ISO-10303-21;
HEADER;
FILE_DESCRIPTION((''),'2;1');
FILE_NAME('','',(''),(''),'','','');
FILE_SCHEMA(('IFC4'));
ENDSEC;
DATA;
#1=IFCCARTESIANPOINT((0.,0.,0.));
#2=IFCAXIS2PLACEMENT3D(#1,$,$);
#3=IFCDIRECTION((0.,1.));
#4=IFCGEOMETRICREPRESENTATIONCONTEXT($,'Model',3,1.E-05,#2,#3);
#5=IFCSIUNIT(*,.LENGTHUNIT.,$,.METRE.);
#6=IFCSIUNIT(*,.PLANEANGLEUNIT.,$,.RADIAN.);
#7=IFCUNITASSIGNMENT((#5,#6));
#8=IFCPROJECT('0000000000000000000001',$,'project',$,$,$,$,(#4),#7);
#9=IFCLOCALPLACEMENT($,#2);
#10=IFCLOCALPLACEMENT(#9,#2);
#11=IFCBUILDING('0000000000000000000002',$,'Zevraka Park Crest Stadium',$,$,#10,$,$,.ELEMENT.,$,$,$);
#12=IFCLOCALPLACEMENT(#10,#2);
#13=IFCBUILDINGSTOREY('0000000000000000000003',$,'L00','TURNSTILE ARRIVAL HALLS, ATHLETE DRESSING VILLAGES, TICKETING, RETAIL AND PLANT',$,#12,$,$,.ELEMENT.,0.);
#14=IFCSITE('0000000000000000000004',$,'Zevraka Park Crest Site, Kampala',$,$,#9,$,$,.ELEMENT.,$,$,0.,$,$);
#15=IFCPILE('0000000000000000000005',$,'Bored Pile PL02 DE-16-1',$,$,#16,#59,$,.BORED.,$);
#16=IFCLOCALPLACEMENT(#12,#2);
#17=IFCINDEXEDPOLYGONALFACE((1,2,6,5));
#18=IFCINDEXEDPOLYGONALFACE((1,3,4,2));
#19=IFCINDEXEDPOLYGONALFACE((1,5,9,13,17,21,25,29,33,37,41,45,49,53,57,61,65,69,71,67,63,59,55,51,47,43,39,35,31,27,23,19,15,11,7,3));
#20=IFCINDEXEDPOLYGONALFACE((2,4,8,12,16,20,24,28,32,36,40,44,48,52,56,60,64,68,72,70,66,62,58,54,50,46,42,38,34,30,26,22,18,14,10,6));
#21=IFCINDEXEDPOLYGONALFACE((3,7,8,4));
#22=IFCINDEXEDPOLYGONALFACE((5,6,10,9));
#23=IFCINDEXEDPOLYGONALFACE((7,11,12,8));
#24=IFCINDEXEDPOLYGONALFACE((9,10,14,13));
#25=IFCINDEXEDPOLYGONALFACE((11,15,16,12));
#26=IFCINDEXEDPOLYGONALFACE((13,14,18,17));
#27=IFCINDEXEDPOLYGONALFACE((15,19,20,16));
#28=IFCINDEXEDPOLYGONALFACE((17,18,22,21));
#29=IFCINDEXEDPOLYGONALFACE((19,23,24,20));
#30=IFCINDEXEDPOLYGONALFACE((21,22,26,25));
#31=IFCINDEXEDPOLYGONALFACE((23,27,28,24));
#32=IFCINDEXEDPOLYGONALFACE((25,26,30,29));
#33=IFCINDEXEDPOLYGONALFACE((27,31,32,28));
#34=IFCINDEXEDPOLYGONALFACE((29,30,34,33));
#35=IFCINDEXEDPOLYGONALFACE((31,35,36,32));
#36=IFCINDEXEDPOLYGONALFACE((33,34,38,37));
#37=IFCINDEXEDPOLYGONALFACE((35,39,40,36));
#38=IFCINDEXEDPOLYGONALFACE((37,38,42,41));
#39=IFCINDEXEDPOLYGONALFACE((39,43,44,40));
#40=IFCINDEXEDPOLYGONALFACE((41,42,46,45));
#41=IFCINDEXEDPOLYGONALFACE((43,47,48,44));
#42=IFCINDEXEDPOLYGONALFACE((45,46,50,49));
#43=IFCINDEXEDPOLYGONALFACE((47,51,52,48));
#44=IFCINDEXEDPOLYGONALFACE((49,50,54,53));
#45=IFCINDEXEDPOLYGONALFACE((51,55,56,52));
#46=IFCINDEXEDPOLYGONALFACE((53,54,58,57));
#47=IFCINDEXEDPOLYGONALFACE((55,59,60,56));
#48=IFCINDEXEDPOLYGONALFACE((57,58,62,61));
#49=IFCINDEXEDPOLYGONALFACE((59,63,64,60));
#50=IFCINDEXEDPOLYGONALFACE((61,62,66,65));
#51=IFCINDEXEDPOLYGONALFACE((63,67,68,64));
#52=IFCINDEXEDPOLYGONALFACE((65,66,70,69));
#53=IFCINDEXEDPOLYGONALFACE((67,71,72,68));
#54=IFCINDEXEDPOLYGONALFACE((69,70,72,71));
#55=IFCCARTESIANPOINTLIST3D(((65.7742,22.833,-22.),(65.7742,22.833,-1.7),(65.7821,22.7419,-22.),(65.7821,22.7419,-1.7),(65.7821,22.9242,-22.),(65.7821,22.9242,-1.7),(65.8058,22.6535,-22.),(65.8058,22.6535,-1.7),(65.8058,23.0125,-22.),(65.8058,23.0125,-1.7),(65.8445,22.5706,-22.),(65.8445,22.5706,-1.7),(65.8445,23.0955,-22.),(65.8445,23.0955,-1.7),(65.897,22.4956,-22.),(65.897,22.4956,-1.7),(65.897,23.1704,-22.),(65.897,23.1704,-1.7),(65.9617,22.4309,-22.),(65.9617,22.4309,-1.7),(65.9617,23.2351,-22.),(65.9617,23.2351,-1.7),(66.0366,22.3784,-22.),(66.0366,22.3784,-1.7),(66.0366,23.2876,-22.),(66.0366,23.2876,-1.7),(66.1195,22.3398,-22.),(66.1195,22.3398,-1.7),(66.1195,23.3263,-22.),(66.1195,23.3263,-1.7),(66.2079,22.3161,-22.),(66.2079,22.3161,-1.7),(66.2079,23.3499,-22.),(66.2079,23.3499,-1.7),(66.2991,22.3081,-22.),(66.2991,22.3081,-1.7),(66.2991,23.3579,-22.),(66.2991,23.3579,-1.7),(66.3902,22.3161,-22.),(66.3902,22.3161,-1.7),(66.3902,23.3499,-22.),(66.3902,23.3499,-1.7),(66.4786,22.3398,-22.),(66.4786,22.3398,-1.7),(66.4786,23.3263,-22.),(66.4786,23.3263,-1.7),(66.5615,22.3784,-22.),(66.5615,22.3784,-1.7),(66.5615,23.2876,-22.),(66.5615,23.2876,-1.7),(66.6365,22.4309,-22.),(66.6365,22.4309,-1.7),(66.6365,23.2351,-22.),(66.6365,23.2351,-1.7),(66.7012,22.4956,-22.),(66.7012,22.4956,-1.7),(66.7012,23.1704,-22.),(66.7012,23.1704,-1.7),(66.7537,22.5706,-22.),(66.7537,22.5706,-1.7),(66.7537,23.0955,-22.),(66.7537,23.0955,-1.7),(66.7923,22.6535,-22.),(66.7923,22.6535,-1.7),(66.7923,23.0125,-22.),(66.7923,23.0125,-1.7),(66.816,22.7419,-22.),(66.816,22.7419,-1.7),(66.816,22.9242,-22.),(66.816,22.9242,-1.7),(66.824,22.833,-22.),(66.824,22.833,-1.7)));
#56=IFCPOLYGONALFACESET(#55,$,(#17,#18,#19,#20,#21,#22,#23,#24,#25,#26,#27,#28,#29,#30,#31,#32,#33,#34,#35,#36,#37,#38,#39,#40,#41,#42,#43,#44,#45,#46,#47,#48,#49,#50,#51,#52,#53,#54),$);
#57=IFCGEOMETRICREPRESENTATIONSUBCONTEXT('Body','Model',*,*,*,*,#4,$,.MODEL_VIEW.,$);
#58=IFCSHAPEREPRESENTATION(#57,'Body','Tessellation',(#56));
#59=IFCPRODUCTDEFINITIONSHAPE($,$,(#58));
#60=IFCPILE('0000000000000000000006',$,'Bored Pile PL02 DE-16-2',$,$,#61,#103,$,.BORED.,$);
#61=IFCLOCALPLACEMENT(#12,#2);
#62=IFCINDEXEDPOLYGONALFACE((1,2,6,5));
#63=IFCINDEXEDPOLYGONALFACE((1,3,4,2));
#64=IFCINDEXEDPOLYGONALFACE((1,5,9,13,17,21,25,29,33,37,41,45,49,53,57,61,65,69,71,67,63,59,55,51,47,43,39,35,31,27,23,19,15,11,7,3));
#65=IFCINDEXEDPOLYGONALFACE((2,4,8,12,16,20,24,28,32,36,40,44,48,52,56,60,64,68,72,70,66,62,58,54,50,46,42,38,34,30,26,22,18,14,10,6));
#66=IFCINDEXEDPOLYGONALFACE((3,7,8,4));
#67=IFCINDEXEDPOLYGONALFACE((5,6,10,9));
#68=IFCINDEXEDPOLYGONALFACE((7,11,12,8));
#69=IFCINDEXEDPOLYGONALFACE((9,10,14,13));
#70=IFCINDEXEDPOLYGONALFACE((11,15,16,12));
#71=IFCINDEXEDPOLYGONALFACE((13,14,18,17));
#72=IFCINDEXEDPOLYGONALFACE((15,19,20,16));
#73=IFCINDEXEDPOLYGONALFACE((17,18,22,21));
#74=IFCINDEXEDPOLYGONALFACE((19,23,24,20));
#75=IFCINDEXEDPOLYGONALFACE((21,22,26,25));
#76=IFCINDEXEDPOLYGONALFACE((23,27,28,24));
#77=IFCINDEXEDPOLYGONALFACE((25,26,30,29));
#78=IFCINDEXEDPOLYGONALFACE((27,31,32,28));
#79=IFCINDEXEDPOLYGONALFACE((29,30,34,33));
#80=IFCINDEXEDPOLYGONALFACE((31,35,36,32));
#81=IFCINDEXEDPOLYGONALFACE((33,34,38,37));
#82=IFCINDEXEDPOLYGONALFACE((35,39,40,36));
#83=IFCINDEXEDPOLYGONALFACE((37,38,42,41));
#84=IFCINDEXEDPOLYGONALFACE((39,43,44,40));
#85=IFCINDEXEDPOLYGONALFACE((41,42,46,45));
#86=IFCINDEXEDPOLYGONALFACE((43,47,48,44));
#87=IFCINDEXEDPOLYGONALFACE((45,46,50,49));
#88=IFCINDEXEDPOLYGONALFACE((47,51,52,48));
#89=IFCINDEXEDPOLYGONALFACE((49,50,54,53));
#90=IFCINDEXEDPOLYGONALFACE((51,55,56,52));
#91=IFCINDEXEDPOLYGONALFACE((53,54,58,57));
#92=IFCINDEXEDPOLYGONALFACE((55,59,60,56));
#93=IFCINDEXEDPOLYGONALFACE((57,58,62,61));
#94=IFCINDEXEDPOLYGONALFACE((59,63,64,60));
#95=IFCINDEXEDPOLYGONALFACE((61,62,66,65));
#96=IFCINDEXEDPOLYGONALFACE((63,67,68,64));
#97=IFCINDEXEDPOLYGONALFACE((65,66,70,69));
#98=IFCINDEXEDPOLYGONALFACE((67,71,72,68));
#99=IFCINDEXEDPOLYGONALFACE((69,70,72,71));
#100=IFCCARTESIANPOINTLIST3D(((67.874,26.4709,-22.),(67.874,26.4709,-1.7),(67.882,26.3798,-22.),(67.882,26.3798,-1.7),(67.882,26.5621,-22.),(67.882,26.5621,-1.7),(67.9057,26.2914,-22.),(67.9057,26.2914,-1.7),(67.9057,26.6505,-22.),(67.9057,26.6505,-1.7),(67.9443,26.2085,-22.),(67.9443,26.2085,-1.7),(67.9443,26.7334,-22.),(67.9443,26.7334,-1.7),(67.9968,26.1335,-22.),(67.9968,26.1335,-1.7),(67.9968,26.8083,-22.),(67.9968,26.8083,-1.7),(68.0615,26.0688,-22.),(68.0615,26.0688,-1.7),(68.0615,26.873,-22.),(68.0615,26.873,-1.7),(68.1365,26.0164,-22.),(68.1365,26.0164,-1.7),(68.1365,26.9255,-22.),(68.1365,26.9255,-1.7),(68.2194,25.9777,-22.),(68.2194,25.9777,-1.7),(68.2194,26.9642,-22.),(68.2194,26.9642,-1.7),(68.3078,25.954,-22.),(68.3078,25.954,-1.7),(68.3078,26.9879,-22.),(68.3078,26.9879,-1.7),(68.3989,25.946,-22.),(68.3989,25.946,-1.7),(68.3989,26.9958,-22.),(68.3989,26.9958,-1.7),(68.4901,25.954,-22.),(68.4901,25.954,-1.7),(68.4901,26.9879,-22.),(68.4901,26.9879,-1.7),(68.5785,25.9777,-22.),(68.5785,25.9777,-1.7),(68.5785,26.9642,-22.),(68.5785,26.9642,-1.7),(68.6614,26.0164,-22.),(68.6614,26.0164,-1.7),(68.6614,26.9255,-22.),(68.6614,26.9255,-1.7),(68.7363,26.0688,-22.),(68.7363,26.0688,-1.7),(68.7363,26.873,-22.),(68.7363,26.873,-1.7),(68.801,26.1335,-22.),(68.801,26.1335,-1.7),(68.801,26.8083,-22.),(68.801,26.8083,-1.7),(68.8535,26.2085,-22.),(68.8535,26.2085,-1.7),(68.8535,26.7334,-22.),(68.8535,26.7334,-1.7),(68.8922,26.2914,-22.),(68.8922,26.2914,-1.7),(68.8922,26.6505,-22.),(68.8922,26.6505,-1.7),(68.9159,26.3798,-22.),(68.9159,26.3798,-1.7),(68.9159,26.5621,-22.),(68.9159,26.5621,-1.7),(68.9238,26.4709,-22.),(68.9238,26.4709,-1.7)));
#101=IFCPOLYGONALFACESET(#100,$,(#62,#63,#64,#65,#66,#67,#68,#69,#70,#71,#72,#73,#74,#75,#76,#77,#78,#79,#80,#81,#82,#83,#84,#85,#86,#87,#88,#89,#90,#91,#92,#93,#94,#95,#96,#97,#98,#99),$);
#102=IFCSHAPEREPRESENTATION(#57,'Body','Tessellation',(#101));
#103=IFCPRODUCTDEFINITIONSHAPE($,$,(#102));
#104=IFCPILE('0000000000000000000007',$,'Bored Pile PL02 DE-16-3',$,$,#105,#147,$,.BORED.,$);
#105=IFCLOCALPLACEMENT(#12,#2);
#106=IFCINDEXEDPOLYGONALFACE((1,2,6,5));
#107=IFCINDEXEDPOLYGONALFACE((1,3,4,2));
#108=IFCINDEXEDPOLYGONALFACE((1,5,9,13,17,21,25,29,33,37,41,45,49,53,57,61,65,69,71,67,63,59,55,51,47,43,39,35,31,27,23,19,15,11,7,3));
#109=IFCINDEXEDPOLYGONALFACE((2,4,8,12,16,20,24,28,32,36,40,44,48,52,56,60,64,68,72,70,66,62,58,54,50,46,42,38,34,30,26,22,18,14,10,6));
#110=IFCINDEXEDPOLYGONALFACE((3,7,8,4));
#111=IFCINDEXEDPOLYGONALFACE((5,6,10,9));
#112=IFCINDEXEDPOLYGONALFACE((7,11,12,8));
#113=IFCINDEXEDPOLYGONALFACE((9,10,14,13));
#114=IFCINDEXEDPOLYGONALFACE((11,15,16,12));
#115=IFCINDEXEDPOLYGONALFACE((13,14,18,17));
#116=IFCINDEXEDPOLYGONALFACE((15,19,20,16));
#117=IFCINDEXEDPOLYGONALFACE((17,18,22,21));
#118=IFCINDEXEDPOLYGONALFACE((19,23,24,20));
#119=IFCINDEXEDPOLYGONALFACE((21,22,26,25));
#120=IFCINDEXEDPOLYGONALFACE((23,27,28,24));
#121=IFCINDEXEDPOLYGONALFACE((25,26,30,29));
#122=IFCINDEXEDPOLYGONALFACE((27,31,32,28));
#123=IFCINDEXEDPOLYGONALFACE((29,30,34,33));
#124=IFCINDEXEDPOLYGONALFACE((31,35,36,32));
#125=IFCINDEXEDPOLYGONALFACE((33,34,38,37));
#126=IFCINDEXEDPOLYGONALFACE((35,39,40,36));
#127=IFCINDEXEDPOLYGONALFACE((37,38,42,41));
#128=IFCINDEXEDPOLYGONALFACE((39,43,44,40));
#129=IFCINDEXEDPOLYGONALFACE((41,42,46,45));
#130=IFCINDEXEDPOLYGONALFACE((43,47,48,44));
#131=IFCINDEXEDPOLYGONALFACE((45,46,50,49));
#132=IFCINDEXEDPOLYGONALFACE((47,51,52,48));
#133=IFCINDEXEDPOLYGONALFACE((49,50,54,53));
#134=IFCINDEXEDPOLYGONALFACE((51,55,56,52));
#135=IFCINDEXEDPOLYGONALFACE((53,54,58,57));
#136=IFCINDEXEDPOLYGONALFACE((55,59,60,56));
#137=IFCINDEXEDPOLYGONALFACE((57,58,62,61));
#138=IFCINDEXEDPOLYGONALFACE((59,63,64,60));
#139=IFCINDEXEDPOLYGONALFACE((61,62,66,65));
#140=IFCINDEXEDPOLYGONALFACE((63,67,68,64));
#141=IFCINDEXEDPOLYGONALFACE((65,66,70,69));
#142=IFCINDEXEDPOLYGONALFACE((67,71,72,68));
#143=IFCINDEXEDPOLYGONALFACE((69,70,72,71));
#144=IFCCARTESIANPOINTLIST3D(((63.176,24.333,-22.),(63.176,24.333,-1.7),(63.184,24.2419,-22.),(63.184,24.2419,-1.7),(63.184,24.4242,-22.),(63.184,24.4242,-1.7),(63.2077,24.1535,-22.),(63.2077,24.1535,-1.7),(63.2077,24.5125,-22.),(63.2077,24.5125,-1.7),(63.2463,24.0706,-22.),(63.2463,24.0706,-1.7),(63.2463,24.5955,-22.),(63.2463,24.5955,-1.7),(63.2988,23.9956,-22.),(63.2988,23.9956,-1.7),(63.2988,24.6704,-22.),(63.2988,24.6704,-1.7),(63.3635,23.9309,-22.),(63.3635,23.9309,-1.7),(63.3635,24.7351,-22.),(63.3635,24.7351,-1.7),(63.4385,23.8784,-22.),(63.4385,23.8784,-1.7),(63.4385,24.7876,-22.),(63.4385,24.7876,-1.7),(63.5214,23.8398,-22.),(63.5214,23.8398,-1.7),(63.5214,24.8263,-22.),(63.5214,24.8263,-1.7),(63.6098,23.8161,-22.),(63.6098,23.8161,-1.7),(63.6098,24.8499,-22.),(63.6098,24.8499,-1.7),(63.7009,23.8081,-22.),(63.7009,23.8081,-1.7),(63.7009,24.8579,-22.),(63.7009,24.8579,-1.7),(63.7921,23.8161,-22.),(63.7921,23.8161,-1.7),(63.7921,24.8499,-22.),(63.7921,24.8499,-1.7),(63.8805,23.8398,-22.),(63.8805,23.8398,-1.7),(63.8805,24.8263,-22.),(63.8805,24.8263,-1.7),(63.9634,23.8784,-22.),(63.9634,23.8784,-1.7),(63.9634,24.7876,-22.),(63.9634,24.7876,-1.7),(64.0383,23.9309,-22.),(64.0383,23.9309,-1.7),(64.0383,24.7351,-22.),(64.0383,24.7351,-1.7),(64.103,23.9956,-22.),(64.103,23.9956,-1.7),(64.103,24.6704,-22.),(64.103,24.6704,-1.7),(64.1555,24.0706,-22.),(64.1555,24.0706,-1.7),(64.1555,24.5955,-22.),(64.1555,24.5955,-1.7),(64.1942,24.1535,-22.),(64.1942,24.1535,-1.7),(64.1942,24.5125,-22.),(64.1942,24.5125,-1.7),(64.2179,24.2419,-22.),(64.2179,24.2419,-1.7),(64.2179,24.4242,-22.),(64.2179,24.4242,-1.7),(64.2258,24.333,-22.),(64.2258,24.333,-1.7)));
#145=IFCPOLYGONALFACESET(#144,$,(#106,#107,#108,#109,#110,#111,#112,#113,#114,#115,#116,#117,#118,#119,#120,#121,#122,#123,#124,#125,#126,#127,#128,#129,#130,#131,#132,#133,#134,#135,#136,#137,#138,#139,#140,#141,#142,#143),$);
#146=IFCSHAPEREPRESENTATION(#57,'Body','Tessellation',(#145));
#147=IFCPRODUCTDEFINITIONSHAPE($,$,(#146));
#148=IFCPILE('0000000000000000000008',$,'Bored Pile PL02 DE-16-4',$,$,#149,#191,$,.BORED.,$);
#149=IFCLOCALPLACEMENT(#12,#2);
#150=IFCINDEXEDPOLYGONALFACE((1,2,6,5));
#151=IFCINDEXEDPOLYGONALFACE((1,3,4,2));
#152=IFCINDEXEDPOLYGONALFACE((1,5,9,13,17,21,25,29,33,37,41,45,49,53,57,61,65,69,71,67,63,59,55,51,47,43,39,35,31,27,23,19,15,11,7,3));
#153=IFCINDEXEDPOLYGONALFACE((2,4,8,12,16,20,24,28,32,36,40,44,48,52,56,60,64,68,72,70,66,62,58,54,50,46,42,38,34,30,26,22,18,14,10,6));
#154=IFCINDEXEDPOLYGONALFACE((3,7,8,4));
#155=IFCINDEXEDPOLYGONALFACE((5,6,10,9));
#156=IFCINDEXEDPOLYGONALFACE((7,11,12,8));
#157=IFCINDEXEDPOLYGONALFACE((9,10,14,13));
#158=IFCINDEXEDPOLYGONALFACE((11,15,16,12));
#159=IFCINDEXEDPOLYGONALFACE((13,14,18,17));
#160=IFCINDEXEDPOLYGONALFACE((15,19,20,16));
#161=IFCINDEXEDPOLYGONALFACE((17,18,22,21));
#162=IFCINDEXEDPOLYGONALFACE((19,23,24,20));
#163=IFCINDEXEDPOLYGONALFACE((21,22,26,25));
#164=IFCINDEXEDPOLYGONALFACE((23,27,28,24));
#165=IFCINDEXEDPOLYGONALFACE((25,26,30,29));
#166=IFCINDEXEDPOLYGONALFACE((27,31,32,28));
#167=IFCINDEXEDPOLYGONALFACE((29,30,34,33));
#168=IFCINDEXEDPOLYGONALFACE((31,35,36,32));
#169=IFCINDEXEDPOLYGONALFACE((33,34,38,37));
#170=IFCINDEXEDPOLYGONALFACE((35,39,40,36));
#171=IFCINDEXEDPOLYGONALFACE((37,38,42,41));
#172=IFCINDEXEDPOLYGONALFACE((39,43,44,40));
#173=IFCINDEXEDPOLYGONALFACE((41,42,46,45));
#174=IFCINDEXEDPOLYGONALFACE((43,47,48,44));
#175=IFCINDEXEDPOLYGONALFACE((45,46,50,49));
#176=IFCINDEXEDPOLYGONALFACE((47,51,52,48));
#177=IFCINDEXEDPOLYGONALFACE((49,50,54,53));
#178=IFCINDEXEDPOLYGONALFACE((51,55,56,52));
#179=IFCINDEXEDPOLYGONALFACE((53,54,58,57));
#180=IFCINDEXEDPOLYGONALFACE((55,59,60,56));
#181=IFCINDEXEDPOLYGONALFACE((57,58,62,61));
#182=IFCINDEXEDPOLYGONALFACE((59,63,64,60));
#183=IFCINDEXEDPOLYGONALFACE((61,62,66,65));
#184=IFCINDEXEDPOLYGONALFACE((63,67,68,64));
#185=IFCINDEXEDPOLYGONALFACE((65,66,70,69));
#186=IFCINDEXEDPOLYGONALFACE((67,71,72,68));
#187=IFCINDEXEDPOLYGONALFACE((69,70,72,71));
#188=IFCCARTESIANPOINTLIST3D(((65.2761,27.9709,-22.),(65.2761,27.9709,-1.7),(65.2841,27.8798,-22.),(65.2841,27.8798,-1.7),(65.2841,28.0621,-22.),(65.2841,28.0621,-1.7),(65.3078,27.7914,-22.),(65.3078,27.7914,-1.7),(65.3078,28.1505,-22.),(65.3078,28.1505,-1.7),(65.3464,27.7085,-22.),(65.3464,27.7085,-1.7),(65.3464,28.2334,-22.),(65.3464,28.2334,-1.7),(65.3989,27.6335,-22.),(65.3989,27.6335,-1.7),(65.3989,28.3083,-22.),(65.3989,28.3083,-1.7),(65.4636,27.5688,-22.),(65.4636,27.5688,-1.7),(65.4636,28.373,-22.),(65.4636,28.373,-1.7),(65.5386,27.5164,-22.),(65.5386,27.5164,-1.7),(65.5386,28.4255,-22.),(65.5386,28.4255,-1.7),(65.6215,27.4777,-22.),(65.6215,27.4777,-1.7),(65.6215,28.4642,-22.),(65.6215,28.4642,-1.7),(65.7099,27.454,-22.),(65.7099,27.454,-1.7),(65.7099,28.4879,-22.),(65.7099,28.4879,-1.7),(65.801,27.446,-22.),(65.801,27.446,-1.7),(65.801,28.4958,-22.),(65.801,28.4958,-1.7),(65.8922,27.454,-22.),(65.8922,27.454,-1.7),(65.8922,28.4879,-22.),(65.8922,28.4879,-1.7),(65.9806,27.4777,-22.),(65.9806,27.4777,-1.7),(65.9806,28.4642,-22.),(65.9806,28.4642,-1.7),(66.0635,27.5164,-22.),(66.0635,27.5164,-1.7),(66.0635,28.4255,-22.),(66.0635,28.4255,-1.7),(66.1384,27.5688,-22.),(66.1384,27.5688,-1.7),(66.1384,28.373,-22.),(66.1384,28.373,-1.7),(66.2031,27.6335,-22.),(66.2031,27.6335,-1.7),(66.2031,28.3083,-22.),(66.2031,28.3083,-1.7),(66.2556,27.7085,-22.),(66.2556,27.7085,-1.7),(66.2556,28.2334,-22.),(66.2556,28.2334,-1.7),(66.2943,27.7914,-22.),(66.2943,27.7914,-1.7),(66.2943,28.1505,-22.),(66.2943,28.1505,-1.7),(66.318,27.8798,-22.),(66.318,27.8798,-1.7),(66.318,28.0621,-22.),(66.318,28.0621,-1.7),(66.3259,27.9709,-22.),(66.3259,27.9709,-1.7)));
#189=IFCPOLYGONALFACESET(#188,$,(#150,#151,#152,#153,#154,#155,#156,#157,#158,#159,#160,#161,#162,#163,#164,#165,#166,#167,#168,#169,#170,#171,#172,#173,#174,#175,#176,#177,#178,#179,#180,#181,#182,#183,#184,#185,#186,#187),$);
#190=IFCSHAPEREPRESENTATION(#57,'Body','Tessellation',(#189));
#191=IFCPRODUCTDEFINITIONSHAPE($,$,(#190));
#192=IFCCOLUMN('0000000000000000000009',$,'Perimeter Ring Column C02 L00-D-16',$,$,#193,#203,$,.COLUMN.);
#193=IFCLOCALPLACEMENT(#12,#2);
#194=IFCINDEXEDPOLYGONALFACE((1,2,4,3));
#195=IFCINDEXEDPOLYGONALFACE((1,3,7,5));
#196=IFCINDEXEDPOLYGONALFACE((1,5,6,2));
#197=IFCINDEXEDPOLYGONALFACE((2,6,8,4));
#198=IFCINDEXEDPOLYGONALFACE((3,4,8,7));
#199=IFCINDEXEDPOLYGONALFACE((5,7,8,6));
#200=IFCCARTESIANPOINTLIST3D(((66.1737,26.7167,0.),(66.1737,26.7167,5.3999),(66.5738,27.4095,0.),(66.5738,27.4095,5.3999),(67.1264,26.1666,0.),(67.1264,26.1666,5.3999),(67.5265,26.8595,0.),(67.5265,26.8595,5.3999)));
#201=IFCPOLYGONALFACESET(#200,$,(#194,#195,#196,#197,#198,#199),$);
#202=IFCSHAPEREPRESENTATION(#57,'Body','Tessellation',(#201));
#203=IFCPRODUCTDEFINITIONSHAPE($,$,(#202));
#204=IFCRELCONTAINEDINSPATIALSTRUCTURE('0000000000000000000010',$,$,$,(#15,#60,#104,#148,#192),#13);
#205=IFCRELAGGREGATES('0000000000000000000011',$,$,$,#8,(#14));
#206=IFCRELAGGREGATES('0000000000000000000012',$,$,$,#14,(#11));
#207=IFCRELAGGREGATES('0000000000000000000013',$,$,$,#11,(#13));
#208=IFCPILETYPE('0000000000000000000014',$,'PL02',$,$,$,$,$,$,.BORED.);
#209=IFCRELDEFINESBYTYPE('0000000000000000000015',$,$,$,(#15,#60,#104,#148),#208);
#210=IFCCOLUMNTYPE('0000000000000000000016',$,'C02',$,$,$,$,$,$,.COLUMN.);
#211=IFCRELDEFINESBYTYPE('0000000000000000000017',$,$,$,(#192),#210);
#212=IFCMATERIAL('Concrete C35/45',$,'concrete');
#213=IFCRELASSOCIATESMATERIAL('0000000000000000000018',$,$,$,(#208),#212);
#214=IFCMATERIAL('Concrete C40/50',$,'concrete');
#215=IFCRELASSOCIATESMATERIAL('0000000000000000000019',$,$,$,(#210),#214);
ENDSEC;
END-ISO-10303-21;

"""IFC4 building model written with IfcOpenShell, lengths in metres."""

from ifc_helpers import new_model, si_unit, direction, frame, origin, origin_2d, place, context, subcontext, project, spatial, rectangle, circle, extrude, material, material_profile, profile_set, type_object, element, save


model = new_model("IFC4")

# Units and contexts
model_context = context("Model", 3, precision=1e-05, world=origin(), true_north=direction((0.0, 1.0)))
body_context = subcontext(model_context, "Body", "Model", "MODEL_VIEW")
ifc_project = project(units=[si_unit("LENGTHUNIT", "METRE"), si_unit("PLANEANGLEUNIT", "RADIAN")], contexts=[model_context])

# Site, building, storey
site_placement = place(None, origin())
site = spatial("IfcSite", under=ifc_project, at=site_placement, Name="Zevraka Park Crest Site, Kampala", CompositionType="ELEMENT", RefElevation=0.0)
building_placement = place(site_placement, origin())
building = spatial("IfcBuilding", under=site, at=building_placement, Name="Zevraka Park Crest Stadium", CompositionType="ELEMENT")
storey_placement = place(building_placement, origin())
storey = spatial("IfcBuildingStorey", under=building, at=storey_placement, Name="L00", Description="TURNSTILE ARRIVAL HALLS, ATHLETE DRESSING VILLAGES, TICKETING, RETAIL AND PLANT", CompositionType="ELEMENT", Elevation=0.0)

# Piles
ifc_material_1 = material(Name="Concrete C35/45", Category="concrete")
ifc_material_profile_1 = material_profile(ifc_material_1, circle(Radius=0.5249, at=origin_2d()), Name="PILE D1050")
ifc_profile_set_1 = profile_set([ifc_material_profile_1], Name="Concrete C35/45")
pile_type_1 = type_object("IfcPileType", Name="PL02", PredefinedType="BORED", material=ifc_profile_set_1)
for number, where, z_axis, x_axis, name in (
    (1, (66.2991, 22.833, -1.7), (0.0, 0.0, -1.0), (1.0, 0.0, 0.0), "Bored Pile PL02 DE-16-1"),
    (2, (68.3989, 26.4709, -1.7), (0.0, 0.0, -1.0), (1.0, 0.0, 0.0), "Bored Pile PL02 DE-16-2"),
    (3, (63.7009, 24.333, -1.7), (0.0, 0.0, -1.0), (1.0, 0.0, 0.0), "Bored Pile PL02 DE-16-3"),
    (4, (65.801, 27.9709, -1.7), (0.0, 0.0, -1.0), (1.0, 0.0, 0.0), "Bored Pile PL02 DE-16-4"),
):
    element("IfcPile", number, at=place(storey_placement, frame(where, z_axis=z_axis, x_axis=x_axis)), inside=storey, type_object=pile_type_1, Name=name, PredefinedType="BORED", context=body_context, shape_type="SweptSolid", body=[
        extrude(circle(Radius=0.5249, at=origin_2d()), origin(), (0.0, 0.0, 1.0), 20.3),
    ])

# Column
ifc_material_2 = material(Name="Concrete C40/50", Category="concrete")
ifc_material_profile_2 = material_profile(ifc_material_2, rectangle(XDim=0.8, YDim=1.1001, at=origin_2d()), Name="RC 1100x800")
ifc_profile_set_2 = profile_set([ifc_material_profile_2], Name="Concrete C40/50")
column_type_1 = type_object("IfcColumnType", Name="C02", PredefinedType="COLUMN", material=ifc_profile_set_2)
column_1_placement = place(storey_placement, frame((66.8501, 26.7881, 0.0), z_axis=(0.0, 0.0, 1.0), x_axis=(0.5, 0.866025, 0.0)))
element("IfcColumn", 5, at=column_1_placement, inside=storey, type_object=column_type_1, Name="Perimeter Ring Column C02 L00-D-16", PredefinedType="COLUMN", context=body_context, shape_type="SweptSolid", body=[
    extrude(rectangle(XDim=0.8, YDim=1.1001, at=origin_2d()), origin(), (0.0, 0.0, 1.0), 5.3999),
])

save(model, "model.ifc")
